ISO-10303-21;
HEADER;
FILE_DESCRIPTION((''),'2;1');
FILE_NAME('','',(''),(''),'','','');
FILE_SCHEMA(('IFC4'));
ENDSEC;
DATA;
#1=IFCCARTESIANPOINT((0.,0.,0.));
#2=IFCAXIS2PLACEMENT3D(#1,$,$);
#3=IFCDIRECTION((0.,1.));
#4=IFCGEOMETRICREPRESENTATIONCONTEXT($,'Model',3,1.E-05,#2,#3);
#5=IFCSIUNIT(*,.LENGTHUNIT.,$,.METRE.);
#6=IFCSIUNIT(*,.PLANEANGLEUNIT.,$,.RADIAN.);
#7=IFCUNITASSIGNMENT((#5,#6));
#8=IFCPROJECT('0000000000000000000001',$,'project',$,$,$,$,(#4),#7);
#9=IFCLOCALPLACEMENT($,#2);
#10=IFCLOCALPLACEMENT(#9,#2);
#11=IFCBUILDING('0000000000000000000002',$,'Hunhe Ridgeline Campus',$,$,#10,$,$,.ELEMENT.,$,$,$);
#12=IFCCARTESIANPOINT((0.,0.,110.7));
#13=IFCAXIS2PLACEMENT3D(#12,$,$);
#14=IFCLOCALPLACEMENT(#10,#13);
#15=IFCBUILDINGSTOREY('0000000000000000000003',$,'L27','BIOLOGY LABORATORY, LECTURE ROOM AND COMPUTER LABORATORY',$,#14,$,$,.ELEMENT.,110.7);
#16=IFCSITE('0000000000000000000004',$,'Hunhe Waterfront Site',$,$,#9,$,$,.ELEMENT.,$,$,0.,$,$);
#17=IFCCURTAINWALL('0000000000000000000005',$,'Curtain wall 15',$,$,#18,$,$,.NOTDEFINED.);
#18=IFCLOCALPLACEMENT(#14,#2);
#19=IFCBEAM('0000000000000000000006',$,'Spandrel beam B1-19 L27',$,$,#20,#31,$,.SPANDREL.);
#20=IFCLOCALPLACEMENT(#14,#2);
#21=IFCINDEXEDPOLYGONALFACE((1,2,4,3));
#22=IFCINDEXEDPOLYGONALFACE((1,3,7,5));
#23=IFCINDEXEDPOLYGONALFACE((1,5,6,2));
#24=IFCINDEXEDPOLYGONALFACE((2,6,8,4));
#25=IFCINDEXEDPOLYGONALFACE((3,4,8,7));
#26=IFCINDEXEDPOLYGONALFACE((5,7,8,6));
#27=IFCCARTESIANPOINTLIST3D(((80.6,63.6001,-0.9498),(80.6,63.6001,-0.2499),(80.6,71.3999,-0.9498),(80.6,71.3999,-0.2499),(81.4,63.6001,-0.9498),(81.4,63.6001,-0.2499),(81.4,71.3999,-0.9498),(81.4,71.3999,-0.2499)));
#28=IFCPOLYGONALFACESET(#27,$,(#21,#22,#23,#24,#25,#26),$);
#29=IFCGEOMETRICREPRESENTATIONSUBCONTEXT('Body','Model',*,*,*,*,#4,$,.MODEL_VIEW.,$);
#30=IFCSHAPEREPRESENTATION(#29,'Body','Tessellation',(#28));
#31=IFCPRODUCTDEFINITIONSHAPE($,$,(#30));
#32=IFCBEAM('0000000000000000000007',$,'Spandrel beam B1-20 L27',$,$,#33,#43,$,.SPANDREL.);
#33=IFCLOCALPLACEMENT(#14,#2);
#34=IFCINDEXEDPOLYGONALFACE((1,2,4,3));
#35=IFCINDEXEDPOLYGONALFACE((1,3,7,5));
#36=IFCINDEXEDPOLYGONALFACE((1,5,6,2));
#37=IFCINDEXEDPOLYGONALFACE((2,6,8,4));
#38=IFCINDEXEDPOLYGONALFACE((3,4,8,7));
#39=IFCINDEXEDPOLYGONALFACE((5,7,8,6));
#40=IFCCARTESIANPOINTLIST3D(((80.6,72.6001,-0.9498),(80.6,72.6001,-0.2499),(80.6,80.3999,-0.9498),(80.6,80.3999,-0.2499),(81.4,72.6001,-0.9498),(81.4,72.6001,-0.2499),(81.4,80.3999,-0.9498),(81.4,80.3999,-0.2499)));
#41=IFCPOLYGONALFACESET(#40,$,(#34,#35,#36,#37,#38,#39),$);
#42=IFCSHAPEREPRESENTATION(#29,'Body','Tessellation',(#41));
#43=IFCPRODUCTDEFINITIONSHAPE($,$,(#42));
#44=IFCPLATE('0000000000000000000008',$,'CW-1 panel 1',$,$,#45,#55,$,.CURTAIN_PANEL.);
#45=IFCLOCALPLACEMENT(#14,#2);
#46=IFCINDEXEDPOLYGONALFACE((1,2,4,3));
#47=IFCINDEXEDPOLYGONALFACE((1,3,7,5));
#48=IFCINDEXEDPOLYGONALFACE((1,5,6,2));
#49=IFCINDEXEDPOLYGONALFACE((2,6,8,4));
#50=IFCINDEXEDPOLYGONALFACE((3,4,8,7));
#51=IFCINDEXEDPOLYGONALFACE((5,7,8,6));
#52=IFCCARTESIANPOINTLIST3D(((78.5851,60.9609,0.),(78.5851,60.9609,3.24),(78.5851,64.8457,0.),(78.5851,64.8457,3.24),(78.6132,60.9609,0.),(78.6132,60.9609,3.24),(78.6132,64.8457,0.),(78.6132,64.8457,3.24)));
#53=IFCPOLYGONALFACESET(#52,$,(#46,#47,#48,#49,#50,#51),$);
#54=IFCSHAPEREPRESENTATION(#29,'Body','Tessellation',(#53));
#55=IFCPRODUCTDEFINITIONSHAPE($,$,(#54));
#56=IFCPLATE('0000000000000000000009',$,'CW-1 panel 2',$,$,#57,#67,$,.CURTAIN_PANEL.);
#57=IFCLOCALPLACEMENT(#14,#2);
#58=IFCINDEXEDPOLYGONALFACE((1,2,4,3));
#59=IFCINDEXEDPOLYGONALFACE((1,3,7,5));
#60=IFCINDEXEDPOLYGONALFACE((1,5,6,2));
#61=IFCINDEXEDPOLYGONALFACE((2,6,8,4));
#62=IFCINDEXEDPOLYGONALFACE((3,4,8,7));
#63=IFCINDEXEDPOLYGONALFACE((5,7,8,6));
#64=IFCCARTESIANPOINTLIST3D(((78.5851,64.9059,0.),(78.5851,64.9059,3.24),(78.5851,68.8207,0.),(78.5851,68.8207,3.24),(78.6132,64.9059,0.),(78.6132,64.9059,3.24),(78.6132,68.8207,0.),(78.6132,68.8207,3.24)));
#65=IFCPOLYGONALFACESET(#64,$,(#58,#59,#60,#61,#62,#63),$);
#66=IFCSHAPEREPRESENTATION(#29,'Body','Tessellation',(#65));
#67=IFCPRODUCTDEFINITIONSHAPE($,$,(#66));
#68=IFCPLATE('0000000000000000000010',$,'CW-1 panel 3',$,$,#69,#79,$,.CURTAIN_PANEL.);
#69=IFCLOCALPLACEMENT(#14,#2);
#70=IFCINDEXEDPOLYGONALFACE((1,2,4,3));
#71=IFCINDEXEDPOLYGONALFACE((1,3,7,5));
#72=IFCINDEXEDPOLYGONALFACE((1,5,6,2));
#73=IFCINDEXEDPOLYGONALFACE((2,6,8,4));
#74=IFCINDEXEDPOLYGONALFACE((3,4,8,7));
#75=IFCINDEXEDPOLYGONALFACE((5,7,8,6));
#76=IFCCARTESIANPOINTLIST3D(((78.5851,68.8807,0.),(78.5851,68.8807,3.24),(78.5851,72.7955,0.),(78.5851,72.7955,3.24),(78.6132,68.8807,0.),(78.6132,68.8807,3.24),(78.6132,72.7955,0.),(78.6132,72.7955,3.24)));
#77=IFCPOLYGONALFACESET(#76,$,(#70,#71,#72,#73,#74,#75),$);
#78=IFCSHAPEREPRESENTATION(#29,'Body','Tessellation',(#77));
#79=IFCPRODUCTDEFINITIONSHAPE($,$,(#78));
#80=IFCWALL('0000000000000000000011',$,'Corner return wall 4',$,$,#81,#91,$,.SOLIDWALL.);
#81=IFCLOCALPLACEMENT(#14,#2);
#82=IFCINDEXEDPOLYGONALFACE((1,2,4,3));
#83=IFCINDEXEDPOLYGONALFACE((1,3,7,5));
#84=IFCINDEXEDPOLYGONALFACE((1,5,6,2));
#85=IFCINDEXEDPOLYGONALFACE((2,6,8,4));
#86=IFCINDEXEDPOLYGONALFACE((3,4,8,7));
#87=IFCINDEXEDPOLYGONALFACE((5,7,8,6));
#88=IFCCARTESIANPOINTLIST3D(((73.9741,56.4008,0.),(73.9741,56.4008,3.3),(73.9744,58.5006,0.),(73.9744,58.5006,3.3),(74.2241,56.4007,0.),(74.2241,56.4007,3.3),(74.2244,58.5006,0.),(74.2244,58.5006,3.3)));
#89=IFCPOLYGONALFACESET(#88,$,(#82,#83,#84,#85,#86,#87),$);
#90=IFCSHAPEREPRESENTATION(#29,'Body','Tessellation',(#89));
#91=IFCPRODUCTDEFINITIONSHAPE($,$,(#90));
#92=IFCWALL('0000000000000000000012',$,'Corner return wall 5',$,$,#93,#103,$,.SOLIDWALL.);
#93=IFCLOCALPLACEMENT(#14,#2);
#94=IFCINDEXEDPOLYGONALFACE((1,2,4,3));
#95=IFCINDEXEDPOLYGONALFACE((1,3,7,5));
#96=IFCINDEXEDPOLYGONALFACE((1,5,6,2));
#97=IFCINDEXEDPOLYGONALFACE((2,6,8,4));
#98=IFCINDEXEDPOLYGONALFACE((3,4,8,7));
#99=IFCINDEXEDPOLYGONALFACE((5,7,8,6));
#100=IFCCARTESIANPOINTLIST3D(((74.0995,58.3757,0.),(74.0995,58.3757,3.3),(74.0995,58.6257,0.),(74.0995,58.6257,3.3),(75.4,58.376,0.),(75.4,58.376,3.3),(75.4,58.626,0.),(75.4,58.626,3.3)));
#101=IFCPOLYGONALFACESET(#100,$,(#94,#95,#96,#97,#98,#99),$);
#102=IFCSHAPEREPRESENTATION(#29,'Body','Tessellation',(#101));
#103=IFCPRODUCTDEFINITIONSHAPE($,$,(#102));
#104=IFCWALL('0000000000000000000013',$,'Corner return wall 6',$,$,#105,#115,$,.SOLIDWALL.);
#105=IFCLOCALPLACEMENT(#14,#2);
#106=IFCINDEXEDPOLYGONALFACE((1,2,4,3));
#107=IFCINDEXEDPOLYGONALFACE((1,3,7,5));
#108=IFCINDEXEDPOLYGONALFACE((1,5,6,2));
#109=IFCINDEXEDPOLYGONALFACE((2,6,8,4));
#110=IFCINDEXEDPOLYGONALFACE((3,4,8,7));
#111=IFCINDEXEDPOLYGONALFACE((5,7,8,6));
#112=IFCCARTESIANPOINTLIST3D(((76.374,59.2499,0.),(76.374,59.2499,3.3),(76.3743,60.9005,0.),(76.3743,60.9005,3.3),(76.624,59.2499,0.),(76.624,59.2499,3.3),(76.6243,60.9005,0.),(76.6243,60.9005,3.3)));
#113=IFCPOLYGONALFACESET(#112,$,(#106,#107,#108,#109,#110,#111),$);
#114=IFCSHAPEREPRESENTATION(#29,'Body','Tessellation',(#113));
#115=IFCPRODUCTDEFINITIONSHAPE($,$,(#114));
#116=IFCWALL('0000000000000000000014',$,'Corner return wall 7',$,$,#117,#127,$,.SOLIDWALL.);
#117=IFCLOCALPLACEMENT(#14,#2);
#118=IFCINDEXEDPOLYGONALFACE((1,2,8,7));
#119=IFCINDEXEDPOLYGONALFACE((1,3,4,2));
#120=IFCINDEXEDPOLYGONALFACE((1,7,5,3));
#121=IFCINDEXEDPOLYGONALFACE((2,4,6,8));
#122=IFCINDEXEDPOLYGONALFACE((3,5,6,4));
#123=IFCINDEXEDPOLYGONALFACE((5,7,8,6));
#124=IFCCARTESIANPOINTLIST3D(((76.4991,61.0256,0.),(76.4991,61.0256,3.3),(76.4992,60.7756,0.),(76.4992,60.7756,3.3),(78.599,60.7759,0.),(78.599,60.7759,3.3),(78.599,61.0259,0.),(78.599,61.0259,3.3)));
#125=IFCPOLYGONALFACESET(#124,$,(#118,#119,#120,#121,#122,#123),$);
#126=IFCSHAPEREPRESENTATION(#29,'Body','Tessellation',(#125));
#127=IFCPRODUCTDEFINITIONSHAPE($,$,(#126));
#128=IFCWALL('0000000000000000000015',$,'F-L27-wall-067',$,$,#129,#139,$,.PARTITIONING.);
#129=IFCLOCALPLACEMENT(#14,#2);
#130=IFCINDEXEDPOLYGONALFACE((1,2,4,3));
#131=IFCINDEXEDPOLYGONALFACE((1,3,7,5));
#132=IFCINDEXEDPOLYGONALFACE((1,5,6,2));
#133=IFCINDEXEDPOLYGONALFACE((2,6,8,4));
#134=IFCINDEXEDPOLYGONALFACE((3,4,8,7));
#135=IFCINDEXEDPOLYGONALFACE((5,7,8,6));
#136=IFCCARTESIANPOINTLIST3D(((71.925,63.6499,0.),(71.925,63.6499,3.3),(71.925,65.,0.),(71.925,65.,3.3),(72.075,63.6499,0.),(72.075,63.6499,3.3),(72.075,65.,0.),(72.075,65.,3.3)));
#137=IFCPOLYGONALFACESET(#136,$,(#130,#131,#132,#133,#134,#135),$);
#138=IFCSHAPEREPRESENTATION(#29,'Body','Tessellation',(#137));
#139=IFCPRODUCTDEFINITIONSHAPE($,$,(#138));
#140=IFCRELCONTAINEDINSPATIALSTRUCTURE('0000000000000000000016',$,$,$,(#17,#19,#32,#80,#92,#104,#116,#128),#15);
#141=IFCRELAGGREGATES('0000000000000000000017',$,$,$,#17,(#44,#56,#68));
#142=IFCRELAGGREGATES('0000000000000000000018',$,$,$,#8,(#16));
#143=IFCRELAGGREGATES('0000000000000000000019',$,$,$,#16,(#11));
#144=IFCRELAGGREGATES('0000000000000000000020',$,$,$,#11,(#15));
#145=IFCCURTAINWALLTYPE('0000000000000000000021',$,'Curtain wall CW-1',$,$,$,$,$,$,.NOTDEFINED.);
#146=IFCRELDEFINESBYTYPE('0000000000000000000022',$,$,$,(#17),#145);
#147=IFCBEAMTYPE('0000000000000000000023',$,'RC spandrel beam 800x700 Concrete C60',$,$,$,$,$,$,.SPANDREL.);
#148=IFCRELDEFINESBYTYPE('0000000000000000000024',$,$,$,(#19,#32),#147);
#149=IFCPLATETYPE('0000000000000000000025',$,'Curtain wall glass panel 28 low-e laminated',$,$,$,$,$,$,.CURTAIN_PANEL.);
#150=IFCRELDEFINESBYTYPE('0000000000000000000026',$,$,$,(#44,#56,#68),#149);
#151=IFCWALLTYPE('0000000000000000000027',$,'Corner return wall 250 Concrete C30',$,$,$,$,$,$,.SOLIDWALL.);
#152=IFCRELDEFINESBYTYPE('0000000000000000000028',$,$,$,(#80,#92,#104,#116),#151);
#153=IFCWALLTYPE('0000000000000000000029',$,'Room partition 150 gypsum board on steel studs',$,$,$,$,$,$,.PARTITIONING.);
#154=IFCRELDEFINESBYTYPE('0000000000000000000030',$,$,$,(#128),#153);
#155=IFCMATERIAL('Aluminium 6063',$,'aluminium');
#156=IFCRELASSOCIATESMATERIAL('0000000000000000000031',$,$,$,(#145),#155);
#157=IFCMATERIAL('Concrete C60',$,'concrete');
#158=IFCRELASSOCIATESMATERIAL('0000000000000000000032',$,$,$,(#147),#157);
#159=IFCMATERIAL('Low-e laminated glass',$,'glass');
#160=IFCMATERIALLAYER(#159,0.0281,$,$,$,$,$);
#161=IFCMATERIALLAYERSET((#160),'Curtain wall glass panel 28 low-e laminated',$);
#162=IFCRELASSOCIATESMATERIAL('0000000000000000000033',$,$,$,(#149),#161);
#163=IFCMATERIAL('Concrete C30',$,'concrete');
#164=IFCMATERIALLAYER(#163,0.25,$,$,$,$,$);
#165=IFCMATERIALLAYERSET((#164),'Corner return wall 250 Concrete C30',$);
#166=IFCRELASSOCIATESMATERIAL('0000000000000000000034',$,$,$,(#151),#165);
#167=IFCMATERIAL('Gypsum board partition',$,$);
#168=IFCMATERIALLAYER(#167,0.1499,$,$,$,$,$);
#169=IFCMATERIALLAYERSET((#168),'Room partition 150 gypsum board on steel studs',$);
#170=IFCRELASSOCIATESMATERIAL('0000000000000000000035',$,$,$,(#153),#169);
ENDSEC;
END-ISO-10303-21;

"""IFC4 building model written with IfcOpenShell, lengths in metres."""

from ifc_helpers import new_model, si_unit, direction, frame, frame_2d, origin, origin_2d, place, context, subcontext, project, spatial, rectangle, extrude, material, layer, layer_set, material_profile, profile_set, type_object, element, aggregate, save


model = new_model("IFC4")

# Units and contexts
model_context = context("Model", 3, precision=1e-05, world=origin(), true_north=direction((0.0, 1.0)))
body_context = subcontext(model_context, "Body", "Model", "MODEL_VIEW")
ifc_project = project(units=[si_unit("LENGTHUNIT", "METRE"), si_unit("PLANEANGLEUNIT", "RADIAN")], contexts=[model_context])

# Site, building, storey
site_placement = place(None, origin())
site = spatial("IfcSite", under=ifc_project, at=site_placement, Name="Hunhe Waterfront Site", CompositionType="ELEMENT", RefElevation=0.0)
building_placement = place(site_placement, origin())
building = spatial("IfcBuilding", under=site, at=building_placement, Name="Hunhe Ridgeline Campus", CompositionType="ELEMENT")
storey_placement = place(building_placement, frame((0.0, 0.0, 110.7)))
storey = spatial("IfcBuildingStorey", under=building, at=storey_placement, Name="L27", Description="BIOLOGY LABORATORY, LECTURE ROOM AND COMPUTER LABORATORY", CompositionType="ELEMENT", Elevation=110.7)

# Shared definitions
ifc_material_1 = material(Name="Aluminium 6063", Category="aluminium")
curtain_wall_type = type_object("IfcCurtainWallType", Name="Curtain wall CW-1", PredefinedType="NOTDEFINED", material=ifc_material_1)

# Curtain wall
curtain_wall_1_placement = place(storey_placement, origin())
curtain_wall_1 = element("IfcCurtainWall", 1, at=curtain_wall_1_placement, inside=storey, type_object=curtain_wall_type, Name="Curtain wall 15", PredefinedType="NOTDEFINED")

# Beams
ifc_material_2 = material(Name="Concrete C60", Category="concrete")
ifc_material_profile_1 = material_profile(ifc_material_2, rectangle(XDim=0.8, YDim=0.7, at=origin_2d()))
ifc_profile_set_1 = profile_set([ifc_material_profile_1], Name="Concrete C60")
beam_type = type_object("IfcBeamType", Name="RC spandrel beam 800x700 Concrete C60", PredefinedType="SPANDREL", material=ifc_profile_set_1)
for number, where, z_axis, x_axis, name in (
    (2, (81.0, 63.6001, -0.5999), (0.0, 1.0, 0.0), (-1.0, 0.0, 0.0), "Spandrel beam B1-19 L27"),
    (3, (81.0, 72.6001, -0.5999), (0.0, 1.0, 0.0), (-1.0, 0.0, 0.0), "Spandrel beam B1-20 L27"),
):
    element("IfcBeam", number, at=place(storey_placement, frame(where, z_axis=z_axis, x_axis=x_axis)), inside=storey, type_object=beam_type, Name=name, PredefinedType="SPANDREL", context=body_context, shape_type="SweptSolid", body=[
        extrude(rectangle(XDim=0.8, YDim=0.7, at=origin_2d()), origin(), (0.0, 0.0, 1.0), 7.7998),
    ])

# Plates
ifc_material_3 = material(Name="Low-e laminated glass", Category="glass")
ifc_layer_1 = layer(ifc_material_3, 0.0281)
ifc_layer_set_1 = layer_set([ifc_layer_1], Name="Curtain wall glass panel 28 low-e laminated")
plate_type = type_object("IfcPlateType", Name="Curtain wall glass panel 28 low-e laminated", PredefinedType="CURTAIN_PANEL", material=ifc_layer_set_1)
plate_1_placement = place(storey_placement, frame((78.5991, 62.9033, 0.0), z_axis=(0.0, 0.0, 1.0), x_axis=(0.0, 1.0, 0.0)))
plate_1 = element("IfcPlate", 4, at=plate_1_placement, type_object=plate_type, Name="CW-1 panel 1", PredefinedType="CURTAIN_PANEL", context=body_context, shape_type="SweptSolid", body=[
    extrude(rectangle(XDim=3.8848, YDim=0.0281, at=origin_2d()), origin(), (0.0, 0.0, 1.0), 3.24),
])
plate_2_placement = place(storey_placement, frame((78.5991, 66.8633, 0.0), z_axis=(0.0, 0.0, 1.0), x_axis=(0.0, 1.0, 0.0)))
plate_2 = element("IfcPlate", 5, at=plate_2_placement, type_object=plate_type, Name="CW-1 panel 2", PredefinedType="CURTAIN_PANEL", context=body_context, shape_type="SweptSolid", body=[
    extrude(rectangle(XDim=3.9148, YDim=0.0281, at=origin_2d()), origin(), (0.0, 0.0, 1.0), 3.24),
])
plate_3_placement = place(storey_placement, frame((78.5991, 70.8381, 0.0), z_axis=(0.0, 0.0, 1.0), x_axis=(0.0, 1.0, 0.0)))
plate_3 = element("IfcPlate", 6, at=plate_3_placement, type_object=plate_type, Name="CW-1 panel 3", PredefinedType="CURTAIN_PANEL", context=body_context, shape_type="SweptSolid", body=[
    extrude(rectangle(XDim=3.9148, YDim=0.0281, at=origin_2d()), origin(), (0.0, 0.0, 1.0), 3.24),
])
aggregate(curtain_wall_1, [plate_1, plate_2, plate_3])

# Walls
ifc_material_4 = material(Name="Concrete C30", Category="concrete")
ifc_layer_2 = layer(ifc_material_4, 0.25)
ifc_layer_set_2 = layer_set([ifc_layer_2], Name="Corner return wall 250 Concrete C30")
wall_type_1 = type_object("IfcWallType", Name="Corner return wall 250 Concrete C30", PredefinedType="SOLIDWALL", material=ifc_layer_set_2)
wall_1_placement = place(storey_placement, frame((74.0991, 56.4009, 0.0), z_axis=(0.0, 0.0, 1.0), x_axis=(0.000116, 1.0, 0.0)))
element("IfcWall", 7, at=wall_1_placement, inside=storey, type_object=wall_type_1, Name="Corner return wall 4", PredefinedType="SOLIDWALL", context=body_context, shape_type="SweptSolid", body=[
    extrude(rectangle(XDim=2.0999, YDim=0.25, at=frame_2d((1.0498, 0.0))), origin(), (0.0, 0.0, 1.0), 3.3),
])
wall_2_placement = place(storey_placement, frame((74.0994, 58.5007, 0.0), z_axis=(0.0, 0.0, 1.0), x_axis=(1.0, 0.000188, 0.0)))
element("IfcWall", 8, at=wall_2_placement, inside=storey, type_object=wall_type_1, Name="Corner return wall 5", PredefinedType="SOLIDWALL", context=body_context, shape_type="SweptSolid", body=[
    extrude(rectangle(XDim=1.3005, YDim=0.25, at=frame_2d((0.6504, 0.0))), origin(), (0.0, 0.0, 1.0), 3.3),
])
wall_3_placement = place(storey_placement, frame((76.499, 59.25, 0.0), z_axis=(0.0, 0.0, 1.0), x_axis=(0.000148, 1.0, 0.0)))
element("IfcWall", 9, at=wall_3_placement, inside=storey, type_object=wall_type_1, Name="Corner return wall 6", PredefinedType="SOLIDWALL", context=body_context, shape_type="SweptSolid", body=[
    extrude(rectangle(XDim=1.6506, YDim=0.25, at=frame_2d((0.8252, 0.0))), origin(), (0.0, 0.0, 1.0), 3.3),
])
wall_4_placement = place(storey_placement, frame((76.4993, 60.9006, 0.0), z_axis=(0.0, 0.0, 1.0), x_axis=(1.0, 0.000116, 0.0)))
element("IfcWall", 10, at=wall_4_placement, inside=storey, type_object=wall_type_1, Name="Corner return wall 7", PredefinedType="SOLIDWALL", context=body_context, shape_type="SweptSolid", body=[
    extrude(rectangle(XDim=2.0999, YDim=0.25, at=frame_2d((1.0498, 0.0))), origin(), (0.0, 0.0, 1.0), 3.3),
])

# Shared definitions
ifc_material_5 = material(Name="Gypsum board partition")

# Wall
ifc_layer_3 = layer(ifc_material_5, 0.1499)
ifc_layer_set_3 = layer_set([ifc_layer_3], Name="Room partition 150 gypsum board on steel studs")
wall_type_2 = type_object("IfcWallType", Name="Room partition 150 gypsum board on steel studs", PredefinedType="PARTITIONING", material=ifc_layer_set_3)
wall_5_placement = place(storey_placement, frame((72.0, 65.0, 0.0), z_axis=(0.0, 0.0, 1.0), x_axis=(0.0, -1.0, 0.0)))
element("IfcWall", 11, at=wall_5_placement, inside=storey, type_object=wall_type_2, Name="F-L27-wall-067", PredefinedType="PARTITIONING", context=body_context, shape_type="SweptSolid", body=[
    extrude(rectangle(XDim=1.3501, YDim=0.1499, at=frame_2d((0.675, 0.0))), origin(), (0.0, 0.0, 1.0), 3.3),
])

save(model, "model.ifc")
